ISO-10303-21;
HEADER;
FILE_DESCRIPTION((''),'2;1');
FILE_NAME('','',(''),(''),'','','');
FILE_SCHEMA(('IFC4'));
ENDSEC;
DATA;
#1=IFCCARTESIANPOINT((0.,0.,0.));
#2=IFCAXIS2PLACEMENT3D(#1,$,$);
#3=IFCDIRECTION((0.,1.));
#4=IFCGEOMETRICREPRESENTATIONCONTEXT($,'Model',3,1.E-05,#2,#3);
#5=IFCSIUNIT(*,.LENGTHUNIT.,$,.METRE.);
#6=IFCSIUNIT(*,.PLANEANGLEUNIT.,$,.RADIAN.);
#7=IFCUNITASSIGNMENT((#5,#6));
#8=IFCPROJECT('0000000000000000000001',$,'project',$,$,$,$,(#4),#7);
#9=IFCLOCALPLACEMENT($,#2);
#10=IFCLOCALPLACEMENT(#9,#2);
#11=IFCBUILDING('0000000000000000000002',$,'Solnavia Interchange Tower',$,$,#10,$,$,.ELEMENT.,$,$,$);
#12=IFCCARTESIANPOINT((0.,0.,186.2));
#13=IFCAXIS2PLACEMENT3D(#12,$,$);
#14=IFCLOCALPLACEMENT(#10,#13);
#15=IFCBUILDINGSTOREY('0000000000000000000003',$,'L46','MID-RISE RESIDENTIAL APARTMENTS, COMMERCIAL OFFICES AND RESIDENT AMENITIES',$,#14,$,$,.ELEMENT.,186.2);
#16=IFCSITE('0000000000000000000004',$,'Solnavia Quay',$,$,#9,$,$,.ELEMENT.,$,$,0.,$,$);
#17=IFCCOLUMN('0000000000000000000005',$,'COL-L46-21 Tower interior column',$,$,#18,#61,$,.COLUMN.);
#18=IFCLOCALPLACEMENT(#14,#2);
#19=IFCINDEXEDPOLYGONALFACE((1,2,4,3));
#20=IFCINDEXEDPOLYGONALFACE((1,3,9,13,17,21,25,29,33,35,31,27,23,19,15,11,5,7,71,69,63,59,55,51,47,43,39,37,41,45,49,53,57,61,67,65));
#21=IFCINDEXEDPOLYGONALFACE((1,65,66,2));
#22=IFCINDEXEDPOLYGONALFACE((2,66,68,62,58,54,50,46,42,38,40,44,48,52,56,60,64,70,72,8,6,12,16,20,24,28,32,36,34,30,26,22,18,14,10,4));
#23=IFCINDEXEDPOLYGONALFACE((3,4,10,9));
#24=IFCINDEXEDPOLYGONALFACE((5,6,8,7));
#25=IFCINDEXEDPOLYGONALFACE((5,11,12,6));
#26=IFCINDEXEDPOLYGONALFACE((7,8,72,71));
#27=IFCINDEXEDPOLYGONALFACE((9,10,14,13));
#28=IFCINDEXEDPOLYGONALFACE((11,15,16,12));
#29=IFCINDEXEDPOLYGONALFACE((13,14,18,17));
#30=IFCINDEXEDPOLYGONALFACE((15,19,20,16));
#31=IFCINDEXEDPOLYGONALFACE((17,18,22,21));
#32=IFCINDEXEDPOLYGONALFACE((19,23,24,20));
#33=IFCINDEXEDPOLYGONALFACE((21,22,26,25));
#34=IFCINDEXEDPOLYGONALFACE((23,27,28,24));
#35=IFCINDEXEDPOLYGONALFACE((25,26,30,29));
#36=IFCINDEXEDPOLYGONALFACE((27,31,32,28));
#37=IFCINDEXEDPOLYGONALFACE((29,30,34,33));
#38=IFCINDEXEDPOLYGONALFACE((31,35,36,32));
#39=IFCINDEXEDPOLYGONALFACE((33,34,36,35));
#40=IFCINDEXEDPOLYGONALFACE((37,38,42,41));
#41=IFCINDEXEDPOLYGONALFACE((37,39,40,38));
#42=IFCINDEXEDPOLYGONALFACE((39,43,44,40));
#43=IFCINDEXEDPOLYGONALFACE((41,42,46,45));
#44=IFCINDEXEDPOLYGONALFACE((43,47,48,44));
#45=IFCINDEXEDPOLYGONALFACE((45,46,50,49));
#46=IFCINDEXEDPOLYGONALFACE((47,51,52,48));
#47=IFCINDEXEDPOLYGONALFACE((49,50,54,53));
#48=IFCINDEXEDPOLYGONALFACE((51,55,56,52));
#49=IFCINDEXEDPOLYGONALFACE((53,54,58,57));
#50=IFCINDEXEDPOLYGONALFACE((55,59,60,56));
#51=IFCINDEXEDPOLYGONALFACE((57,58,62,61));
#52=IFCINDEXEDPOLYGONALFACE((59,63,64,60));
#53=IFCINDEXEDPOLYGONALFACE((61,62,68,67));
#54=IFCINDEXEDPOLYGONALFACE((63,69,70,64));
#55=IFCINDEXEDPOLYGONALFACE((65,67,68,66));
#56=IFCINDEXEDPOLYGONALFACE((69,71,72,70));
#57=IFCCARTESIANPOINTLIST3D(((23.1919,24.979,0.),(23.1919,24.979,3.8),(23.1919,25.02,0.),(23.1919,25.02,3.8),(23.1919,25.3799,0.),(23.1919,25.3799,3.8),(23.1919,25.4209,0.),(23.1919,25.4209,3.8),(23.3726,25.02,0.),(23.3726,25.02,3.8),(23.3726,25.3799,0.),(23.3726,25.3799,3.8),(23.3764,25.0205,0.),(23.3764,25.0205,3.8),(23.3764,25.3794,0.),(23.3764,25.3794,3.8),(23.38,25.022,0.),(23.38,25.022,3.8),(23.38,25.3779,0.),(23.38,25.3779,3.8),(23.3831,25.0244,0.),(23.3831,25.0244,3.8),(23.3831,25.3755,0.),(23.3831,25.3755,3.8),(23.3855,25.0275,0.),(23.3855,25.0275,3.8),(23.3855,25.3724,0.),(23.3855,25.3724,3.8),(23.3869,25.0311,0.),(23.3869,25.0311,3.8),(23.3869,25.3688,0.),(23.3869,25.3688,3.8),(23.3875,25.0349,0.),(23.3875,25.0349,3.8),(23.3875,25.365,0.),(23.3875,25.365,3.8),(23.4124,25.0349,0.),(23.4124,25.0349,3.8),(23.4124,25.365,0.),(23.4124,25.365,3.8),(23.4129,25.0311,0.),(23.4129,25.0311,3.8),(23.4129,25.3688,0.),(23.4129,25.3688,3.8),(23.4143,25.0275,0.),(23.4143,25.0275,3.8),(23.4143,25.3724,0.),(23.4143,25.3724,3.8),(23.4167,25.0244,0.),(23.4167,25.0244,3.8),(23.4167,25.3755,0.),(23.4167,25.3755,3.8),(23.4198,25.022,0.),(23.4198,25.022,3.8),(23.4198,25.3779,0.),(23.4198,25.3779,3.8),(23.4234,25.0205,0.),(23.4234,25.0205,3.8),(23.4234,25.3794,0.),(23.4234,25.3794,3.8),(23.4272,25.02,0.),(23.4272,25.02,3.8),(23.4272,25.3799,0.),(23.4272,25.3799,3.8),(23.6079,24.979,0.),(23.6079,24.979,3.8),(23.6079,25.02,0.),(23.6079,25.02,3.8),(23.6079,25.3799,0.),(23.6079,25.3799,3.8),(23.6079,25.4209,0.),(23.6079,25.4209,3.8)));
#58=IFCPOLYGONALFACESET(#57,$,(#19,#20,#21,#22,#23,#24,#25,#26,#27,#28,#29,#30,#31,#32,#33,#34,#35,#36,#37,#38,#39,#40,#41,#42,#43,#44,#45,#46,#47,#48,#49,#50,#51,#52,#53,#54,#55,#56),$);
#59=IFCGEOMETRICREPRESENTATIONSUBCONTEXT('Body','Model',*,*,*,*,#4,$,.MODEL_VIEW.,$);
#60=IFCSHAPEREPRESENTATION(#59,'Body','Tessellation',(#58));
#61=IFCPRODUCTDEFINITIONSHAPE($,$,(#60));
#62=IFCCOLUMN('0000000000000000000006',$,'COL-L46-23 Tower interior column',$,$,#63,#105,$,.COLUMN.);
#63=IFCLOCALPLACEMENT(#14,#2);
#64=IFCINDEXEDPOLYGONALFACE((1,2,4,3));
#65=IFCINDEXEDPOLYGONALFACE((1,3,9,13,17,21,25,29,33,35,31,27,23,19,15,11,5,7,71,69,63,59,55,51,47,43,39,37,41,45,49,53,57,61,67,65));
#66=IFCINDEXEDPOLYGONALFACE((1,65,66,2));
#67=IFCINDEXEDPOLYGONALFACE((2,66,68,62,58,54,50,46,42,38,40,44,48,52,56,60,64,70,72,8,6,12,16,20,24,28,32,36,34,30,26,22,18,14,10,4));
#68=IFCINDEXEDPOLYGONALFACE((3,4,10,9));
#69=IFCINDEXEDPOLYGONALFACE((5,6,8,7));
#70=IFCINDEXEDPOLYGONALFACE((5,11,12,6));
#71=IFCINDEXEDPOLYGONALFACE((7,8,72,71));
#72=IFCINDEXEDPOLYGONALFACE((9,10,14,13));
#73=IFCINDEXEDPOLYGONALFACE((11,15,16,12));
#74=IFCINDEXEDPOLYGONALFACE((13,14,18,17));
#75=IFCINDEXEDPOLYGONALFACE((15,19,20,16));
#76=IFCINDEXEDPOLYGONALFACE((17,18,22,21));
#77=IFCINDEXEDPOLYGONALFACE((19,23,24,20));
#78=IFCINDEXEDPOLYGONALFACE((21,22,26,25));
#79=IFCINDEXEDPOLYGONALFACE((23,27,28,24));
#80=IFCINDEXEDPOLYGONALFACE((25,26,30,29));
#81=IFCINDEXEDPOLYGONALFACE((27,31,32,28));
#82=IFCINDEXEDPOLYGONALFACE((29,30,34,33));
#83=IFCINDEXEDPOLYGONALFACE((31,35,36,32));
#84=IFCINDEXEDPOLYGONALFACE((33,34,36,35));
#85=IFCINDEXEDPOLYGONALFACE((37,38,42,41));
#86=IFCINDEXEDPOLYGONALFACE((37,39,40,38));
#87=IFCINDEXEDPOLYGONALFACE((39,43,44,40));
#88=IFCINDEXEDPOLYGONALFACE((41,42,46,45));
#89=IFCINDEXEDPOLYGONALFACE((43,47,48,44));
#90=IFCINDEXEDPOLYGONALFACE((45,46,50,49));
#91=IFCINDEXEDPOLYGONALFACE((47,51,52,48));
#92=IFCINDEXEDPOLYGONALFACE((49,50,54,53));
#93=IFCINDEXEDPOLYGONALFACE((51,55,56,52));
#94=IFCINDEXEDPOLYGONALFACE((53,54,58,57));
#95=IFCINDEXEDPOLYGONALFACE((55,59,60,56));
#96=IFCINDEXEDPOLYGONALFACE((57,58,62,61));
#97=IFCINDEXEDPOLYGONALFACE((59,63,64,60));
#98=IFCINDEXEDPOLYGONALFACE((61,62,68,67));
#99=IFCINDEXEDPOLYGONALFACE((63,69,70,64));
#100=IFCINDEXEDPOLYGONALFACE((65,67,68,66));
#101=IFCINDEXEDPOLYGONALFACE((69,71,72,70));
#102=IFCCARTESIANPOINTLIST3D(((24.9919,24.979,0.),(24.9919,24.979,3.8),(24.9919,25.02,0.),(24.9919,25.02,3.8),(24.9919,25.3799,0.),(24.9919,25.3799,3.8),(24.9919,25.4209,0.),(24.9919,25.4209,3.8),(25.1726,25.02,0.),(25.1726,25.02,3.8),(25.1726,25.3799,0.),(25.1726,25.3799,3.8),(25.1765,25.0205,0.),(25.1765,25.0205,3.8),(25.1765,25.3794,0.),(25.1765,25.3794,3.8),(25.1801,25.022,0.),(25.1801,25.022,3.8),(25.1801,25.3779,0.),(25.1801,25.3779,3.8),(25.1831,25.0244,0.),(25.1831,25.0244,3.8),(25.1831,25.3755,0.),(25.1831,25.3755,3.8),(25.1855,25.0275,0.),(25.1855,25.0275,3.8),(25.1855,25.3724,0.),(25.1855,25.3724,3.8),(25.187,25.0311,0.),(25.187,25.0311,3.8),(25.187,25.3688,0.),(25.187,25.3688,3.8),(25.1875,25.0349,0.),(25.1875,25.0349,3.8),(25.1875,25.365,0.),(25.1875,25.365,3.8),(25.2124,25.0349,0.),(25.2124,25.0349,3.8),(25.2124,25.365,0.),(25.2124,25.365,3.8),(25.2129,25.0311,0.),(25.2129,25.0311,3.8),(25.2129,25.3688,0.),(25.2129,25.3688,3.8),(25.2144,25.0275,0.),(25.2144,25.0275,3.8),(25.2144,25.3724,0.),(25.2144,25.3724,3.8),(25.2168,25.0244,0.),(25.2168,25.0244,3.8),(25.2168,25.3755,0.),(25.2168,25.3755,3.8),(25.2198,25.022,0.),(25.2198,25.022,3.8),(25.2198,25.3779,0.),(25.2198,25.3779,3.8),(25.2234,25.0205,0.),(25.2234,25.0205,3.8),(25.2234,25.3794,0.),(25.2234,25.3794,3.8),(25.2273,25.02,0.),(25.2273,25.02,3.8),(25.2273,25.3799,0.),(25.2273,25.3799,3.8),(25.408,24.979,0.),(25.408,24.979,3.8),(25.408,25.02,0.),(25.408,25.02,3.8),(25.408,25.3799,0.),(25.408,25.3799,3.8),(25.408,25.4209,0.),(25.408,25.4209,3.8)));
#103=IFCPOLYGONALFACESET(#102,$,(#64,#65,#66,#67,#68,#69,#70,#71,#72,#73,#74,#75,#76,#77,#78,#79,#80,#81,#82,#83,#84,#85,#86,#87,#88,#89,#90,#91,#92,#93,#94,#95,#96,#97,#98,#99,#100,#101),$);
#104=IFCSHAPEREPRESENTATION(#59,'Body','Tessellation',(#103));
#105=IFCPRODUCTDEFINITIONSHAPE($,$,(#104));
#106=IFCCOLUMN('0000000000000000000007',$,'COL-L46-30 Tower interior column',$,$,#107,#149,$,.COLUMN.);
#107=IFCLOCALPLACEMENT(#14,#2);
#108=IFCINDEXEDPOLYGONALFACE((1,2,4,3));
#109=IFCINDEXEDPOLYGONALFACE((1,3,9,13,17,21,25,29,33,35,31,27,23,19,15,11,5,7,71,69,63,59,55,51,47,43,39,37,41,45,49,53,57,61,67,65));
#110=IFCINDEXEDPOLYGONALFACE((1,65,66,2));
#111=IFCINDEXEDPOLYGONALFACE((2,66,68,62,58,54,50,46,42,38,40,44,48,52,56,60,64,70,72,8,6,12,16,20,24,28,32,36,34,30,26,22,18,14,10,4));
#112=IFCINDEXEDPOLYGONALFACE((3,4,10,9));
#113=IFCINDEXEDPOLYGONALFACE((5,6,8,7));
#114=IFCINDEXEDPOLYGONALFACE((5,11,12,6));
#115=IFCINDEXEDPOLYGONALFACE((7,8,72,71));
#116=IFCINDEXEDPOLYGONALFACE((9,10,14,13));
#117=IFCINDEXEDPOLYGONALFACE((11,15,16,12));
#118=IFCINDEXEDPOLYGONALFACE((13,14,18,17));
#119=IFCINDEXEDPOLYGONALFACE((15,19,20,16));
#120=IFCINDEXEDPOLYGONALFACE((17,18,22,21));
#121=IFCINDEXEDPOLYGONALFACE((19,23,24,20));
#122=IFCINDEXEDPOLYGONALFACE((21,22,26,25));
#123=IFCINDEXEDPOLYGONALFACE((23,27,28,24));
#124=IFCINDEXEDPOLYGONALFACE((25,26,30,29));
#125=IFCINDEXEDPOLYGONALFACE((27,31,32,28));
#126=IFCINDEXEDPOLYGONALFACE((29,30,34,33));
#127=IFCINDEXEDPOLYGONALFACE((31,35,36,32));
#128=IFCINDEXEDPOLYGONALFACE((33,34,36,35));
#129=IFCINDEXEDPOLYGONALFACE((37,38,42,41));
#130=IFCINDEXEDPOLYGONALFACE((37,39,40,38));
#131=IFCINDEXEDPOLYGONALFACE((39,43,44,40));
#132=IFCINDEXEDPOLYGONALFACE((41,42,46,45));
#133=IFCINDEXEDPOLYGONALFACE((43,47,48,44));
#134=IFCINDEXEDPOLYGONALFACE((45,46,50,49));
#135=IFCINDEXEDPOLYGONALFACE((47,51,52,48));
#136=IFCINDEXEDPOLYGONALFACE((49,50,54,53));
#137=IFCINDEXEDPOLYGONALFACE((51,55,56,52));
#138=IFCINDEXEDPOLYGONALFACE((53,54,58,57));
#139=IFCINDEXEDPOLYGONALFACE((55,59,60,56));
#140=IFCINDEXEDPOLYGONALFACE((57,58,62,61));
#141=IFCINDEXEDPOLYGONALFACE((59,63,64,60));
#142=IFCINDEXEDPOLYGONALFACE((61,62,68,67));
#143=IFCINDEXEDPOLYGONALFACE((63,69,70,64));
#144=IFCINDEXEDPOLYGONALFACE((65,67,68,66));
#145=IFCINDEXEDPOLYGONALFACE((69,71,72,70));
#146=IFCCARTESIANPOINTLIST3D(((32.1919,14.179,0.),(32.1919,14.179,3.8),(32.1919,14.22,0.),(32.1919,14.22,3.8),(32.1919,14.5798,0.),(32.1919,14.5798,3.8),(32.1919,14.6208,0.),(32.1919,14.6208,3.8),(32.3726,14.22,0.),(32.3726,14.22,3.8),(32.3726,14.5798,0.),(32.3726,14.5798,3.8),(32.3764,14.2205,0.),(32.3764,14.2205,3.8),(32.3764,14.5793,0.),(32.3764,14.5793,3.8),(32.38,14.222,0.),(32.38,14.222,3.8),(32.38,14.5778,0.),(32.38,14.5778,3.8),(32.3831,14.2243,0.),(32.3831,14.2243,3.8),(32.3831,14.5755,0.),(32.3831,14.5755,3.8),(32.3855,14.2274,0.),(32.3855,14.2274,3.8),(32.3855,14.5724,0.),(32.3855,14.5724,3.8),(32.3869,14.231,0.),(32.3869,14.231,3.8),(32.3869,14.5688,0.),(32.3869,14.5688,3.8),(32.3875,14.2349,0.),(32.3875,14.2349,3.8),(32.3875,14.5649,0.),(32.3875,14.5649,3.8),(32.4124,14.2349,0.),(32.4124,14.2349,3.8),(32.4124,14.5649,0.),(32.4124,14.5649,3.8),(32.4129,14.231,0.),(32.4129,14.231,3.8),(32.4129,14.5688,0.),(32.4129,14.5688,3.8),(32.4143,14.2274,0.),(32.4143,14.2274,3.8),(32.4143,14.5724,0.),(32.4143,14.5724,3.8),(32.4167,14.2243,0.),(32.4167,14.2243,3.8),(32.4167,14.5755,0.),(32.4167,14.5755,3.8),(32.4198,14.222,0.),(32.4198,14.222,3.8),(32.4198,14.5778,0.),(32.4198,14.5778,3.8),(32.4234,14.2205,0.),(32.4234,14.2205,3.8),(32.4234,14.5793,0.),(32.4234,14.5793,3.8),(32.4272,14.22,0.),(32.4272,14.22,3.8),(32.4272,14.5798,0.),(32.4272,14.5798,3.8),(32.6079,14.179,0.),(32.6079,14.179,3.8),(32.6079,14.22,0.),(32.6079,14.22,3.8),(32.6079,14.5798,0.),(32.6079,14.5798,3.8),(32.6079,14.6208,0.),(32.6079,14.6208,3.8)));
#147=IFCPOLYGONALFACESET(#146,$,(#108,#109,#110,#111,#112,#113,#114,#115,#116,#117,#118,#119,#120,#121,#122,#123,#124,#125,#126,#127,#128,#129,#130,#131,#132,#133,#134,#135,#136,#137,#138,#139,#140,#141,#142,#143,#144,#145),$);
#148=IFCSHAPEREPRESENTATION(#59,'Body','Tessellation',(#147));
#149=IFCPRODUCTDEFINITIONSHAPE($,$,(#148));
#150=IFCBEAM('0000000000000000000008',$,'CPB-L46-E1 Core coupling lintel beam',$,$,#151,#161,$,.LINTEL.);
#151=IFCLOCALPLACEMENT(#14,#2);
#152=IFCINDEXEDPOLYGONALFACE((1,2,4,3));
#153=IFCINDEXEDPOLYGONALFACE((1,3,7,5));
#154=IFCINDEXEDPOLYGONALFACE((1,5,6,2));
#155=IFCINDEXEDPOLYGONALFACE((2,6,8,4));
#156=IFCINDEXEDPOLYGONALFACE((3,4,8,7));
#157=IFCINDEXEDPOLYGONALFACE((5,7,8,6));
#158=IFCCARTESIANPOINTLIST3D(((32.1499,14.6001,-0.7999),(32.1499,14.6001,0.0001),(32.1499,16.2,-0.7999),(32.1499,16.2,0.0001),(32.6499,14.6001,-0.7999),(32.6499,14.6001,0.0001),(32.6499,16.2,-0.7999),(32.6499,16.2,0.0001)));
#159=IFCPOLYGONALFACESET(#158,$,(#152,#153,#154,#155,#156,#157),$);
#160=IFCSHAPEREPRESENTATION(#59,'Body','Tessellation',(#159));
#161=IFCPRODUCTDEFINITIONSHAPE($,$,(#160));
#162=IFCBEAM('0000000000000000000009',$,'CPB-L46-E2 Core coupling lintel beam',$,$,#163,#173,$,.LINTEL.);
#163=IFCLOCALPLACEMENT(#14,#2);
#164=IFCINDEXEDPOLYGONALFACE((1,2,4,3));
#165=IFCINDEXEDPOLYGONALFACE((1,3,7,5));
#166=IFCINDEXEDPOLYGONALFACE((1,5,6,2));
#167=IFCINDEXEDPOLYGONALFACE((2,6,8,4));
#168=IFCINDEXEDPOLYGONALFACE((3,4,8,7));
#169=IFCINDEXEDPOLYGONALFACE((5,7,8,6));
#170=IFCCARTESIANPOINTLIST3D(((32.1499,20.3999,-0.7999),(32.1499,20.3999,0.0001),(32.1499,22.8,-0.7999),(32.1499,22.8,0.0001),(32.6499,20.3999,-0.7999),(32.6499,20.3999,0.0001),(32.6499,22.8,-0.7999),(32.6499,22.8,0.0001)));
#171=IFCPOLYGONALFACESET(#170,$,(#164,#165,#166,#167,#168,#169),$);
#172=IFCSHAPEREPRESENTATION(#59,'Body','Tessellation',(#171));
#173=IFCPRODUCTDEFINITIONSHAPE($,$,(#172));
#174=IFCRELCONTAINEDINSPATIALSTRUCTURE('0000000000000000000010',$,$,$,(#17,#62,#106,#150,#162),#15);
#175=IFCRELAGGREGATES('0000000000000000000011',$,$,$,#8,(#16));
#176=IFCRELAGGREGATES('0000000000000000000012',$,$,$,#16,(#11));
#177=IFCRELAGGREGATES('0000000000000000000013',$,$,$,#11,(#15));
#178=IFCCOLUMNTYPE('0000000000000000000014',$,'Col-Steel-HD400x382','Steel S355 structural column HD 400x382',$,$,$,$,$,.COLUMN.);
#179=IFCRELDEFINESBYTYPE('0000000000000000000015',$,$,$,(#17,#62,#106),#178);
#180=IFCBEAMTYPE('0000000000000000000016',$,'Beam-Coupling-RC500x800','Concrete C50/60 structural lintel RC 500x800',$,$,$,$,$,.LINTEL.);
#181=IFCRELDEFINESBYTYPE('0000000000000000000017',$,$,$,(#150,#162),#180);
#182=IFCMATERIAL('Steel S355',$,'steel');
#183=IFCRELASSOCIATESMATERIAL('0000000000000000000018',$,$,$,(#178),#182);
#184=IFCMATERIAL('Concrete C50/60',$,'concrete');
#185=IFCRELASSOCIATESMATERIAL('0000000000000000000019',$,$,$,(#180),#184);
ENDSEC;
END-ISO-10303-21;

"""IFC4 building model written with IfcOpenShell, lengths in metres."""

from ifc_helpers import new_model, si_unit, direction, frame, origin, origin_2d, place, context, subcontext, project, spatial, rectangle, i_section, extrude, material, material_profile, profile_set, type_object, element, save


model = new_model("IFC4")

# Units and contexts
model_context = context("Model", 3, precision=1e-05, world=origin(), true_north=direction((0.0, 1.0)))
body_context = subcontext(model_context, "Body", "Model", "MODEL_VIEW")
ifc_project = project(units=[si_unit("LENGTHUNIT", "METRE"), si_unit("PLANEANGLEUNIT", "RADIAN")], contexts=[model_context])

# Site, building, storey
site_placement = place(None, origin())
site = spatial("IfcSite", under=ifc_project, at=site_placement, Name="Solnavia Quay", CompositionType="ELEMENT", RefElevation=0.0)
building_placement = place(site_placement, origin())
building = spatial("IfcBuilding", under=site, at=building_placement, Name="Solnavia Interchange Tower", CompositionType="ELEMENT")
storey_placement = place(building_placement, frame((0.0, 0.0, 186.2)))
storey = spatial("IfcBuildingStorey", under=building, at=storey_placement, Name="L46", Description="MID-RISE RESIDENTIAL APARTMENTS, COMMERCIAL OFFICES AND RESIDENT AMENITIES", CompositionType="ELEMENT", Elevation=186.2)

# Columns
ifc_material_1 = material(Name="Steel S355", Category="steel")
ifc_material_profile_1 = material_profile(ifc_material_1, i_section(OverallWidth=0.416, OverallDepth=0.4419, WebThickness=0.0249, FlangeThickness=0.041, FilletRadius=0.0149, at=origin_2d()), Name="HD 400x382")
ifc_profile_set_1 = profile_set([ifc_material_profile_1], Name="Steel S355")
column_type = type_object("IfcColumnType", Name="Col-Steel-HD400x382", Description="Steel S355 structural column HD 400x382", PredefinedType="COLUMN", material=ifc_profile_set_1)
for number, where, z_axis, x_axis, name in (
    (1, (23.3999, 25.2, 0.0), (0.0, 0.0, 1.0), (1.0, 0.0, 0.0), "COL-L46-21 Tower interior column"),
    (2, (25.2, 25.2, 0.0), (0.0, 0.0, 1.0), (1.0, 0.0, 0.0), "COL-L46-23 Tower interior column"),
    (3, (32.3999, 14.3999, 0.0), (0.0, 0.0, 1.0), (1.0, 0.0, 0.0), "COL-L46-30 Tower interior column"),
):
    element("IfcColumn", number, at=place(storey_placement, frame(where, z_axis=z_axis, x_axis=x_axis)), inside=storey, type_object=column_type, Name=name, PredefinedType="COLUMN", context=body_context, shape_type="SweptSolid", body=[
        extrude(i_section(OverallWidth=0.416, OverallDepth=0.4419, WebThickness=0.0249, FlangeThickness=0.041, FilletRadius=0.0149, at=origin_2d()), origin(), (0.0, 0.0, 1.0), 3.8),
    ])

# Beams
ifc_material_2 = material(Name="Concrete C50/60", Category="concrete")
ifc_material_profile_2 = material_profile(ifc_material_2, rectangle(XDim=0.5, YDim=0.8, at=origin_2d()), Name="RC 500x800")
ifc_profile_set_2 = profile_set([ifc_material_profile_2], Name="Concrete C50/60")
beam_type_1 = type_object("IfcBeamType", Name="Beam-Coupling-RC500x800", Description="Concrete C50/60 structural lintel RC 500x800", PredefinedType="LINTEL", material=ifc_profile_set_2)
beam_1_placement = place(storey_placement, frame((32.3999, 14.6001, -0.3999), z_axis=(0.0, 1.0, 0.0), x_axis=(-1.0, 0.0, 0.0)))
element("IfcBeam", 4, at=beam_1_placement, inside=storey, type_object=beam_type_1, Name="CPB-L46-E1 Core coupling lintel beam", PredefinedType="LINTEL", context=body_context, shape_type="SweptSolid", body=[
    extrude(rectangle(XDim=0.5, YDim=0.8, at=origin_2d()), origin(), (0.0, 0.0, 1.0), 1.5999),
])
beam_2_placement = place(storey_placement, frame((32.3999, 20.3999, -0.3999), z_axis=(0.0, 1.0, 0.0), x_axis=(-1.0, 0.0, 0.0)))
element("IfcBeam", 5, at=beam_2_placement, inside=storey, type_object=beam_type_1, Name="CPB-L46-E2 Core coupling lintel beam", PredefinedType="LINTEL", context=body_context, shape_type="SweptSolid", body=[
    extrude(rectangle(XDim=0.5, YDim=0.8, at=origin_2d()), origin(), (0.0, 0.0, 1.0), 2.4001),
])

save(model, "model.ifc")
